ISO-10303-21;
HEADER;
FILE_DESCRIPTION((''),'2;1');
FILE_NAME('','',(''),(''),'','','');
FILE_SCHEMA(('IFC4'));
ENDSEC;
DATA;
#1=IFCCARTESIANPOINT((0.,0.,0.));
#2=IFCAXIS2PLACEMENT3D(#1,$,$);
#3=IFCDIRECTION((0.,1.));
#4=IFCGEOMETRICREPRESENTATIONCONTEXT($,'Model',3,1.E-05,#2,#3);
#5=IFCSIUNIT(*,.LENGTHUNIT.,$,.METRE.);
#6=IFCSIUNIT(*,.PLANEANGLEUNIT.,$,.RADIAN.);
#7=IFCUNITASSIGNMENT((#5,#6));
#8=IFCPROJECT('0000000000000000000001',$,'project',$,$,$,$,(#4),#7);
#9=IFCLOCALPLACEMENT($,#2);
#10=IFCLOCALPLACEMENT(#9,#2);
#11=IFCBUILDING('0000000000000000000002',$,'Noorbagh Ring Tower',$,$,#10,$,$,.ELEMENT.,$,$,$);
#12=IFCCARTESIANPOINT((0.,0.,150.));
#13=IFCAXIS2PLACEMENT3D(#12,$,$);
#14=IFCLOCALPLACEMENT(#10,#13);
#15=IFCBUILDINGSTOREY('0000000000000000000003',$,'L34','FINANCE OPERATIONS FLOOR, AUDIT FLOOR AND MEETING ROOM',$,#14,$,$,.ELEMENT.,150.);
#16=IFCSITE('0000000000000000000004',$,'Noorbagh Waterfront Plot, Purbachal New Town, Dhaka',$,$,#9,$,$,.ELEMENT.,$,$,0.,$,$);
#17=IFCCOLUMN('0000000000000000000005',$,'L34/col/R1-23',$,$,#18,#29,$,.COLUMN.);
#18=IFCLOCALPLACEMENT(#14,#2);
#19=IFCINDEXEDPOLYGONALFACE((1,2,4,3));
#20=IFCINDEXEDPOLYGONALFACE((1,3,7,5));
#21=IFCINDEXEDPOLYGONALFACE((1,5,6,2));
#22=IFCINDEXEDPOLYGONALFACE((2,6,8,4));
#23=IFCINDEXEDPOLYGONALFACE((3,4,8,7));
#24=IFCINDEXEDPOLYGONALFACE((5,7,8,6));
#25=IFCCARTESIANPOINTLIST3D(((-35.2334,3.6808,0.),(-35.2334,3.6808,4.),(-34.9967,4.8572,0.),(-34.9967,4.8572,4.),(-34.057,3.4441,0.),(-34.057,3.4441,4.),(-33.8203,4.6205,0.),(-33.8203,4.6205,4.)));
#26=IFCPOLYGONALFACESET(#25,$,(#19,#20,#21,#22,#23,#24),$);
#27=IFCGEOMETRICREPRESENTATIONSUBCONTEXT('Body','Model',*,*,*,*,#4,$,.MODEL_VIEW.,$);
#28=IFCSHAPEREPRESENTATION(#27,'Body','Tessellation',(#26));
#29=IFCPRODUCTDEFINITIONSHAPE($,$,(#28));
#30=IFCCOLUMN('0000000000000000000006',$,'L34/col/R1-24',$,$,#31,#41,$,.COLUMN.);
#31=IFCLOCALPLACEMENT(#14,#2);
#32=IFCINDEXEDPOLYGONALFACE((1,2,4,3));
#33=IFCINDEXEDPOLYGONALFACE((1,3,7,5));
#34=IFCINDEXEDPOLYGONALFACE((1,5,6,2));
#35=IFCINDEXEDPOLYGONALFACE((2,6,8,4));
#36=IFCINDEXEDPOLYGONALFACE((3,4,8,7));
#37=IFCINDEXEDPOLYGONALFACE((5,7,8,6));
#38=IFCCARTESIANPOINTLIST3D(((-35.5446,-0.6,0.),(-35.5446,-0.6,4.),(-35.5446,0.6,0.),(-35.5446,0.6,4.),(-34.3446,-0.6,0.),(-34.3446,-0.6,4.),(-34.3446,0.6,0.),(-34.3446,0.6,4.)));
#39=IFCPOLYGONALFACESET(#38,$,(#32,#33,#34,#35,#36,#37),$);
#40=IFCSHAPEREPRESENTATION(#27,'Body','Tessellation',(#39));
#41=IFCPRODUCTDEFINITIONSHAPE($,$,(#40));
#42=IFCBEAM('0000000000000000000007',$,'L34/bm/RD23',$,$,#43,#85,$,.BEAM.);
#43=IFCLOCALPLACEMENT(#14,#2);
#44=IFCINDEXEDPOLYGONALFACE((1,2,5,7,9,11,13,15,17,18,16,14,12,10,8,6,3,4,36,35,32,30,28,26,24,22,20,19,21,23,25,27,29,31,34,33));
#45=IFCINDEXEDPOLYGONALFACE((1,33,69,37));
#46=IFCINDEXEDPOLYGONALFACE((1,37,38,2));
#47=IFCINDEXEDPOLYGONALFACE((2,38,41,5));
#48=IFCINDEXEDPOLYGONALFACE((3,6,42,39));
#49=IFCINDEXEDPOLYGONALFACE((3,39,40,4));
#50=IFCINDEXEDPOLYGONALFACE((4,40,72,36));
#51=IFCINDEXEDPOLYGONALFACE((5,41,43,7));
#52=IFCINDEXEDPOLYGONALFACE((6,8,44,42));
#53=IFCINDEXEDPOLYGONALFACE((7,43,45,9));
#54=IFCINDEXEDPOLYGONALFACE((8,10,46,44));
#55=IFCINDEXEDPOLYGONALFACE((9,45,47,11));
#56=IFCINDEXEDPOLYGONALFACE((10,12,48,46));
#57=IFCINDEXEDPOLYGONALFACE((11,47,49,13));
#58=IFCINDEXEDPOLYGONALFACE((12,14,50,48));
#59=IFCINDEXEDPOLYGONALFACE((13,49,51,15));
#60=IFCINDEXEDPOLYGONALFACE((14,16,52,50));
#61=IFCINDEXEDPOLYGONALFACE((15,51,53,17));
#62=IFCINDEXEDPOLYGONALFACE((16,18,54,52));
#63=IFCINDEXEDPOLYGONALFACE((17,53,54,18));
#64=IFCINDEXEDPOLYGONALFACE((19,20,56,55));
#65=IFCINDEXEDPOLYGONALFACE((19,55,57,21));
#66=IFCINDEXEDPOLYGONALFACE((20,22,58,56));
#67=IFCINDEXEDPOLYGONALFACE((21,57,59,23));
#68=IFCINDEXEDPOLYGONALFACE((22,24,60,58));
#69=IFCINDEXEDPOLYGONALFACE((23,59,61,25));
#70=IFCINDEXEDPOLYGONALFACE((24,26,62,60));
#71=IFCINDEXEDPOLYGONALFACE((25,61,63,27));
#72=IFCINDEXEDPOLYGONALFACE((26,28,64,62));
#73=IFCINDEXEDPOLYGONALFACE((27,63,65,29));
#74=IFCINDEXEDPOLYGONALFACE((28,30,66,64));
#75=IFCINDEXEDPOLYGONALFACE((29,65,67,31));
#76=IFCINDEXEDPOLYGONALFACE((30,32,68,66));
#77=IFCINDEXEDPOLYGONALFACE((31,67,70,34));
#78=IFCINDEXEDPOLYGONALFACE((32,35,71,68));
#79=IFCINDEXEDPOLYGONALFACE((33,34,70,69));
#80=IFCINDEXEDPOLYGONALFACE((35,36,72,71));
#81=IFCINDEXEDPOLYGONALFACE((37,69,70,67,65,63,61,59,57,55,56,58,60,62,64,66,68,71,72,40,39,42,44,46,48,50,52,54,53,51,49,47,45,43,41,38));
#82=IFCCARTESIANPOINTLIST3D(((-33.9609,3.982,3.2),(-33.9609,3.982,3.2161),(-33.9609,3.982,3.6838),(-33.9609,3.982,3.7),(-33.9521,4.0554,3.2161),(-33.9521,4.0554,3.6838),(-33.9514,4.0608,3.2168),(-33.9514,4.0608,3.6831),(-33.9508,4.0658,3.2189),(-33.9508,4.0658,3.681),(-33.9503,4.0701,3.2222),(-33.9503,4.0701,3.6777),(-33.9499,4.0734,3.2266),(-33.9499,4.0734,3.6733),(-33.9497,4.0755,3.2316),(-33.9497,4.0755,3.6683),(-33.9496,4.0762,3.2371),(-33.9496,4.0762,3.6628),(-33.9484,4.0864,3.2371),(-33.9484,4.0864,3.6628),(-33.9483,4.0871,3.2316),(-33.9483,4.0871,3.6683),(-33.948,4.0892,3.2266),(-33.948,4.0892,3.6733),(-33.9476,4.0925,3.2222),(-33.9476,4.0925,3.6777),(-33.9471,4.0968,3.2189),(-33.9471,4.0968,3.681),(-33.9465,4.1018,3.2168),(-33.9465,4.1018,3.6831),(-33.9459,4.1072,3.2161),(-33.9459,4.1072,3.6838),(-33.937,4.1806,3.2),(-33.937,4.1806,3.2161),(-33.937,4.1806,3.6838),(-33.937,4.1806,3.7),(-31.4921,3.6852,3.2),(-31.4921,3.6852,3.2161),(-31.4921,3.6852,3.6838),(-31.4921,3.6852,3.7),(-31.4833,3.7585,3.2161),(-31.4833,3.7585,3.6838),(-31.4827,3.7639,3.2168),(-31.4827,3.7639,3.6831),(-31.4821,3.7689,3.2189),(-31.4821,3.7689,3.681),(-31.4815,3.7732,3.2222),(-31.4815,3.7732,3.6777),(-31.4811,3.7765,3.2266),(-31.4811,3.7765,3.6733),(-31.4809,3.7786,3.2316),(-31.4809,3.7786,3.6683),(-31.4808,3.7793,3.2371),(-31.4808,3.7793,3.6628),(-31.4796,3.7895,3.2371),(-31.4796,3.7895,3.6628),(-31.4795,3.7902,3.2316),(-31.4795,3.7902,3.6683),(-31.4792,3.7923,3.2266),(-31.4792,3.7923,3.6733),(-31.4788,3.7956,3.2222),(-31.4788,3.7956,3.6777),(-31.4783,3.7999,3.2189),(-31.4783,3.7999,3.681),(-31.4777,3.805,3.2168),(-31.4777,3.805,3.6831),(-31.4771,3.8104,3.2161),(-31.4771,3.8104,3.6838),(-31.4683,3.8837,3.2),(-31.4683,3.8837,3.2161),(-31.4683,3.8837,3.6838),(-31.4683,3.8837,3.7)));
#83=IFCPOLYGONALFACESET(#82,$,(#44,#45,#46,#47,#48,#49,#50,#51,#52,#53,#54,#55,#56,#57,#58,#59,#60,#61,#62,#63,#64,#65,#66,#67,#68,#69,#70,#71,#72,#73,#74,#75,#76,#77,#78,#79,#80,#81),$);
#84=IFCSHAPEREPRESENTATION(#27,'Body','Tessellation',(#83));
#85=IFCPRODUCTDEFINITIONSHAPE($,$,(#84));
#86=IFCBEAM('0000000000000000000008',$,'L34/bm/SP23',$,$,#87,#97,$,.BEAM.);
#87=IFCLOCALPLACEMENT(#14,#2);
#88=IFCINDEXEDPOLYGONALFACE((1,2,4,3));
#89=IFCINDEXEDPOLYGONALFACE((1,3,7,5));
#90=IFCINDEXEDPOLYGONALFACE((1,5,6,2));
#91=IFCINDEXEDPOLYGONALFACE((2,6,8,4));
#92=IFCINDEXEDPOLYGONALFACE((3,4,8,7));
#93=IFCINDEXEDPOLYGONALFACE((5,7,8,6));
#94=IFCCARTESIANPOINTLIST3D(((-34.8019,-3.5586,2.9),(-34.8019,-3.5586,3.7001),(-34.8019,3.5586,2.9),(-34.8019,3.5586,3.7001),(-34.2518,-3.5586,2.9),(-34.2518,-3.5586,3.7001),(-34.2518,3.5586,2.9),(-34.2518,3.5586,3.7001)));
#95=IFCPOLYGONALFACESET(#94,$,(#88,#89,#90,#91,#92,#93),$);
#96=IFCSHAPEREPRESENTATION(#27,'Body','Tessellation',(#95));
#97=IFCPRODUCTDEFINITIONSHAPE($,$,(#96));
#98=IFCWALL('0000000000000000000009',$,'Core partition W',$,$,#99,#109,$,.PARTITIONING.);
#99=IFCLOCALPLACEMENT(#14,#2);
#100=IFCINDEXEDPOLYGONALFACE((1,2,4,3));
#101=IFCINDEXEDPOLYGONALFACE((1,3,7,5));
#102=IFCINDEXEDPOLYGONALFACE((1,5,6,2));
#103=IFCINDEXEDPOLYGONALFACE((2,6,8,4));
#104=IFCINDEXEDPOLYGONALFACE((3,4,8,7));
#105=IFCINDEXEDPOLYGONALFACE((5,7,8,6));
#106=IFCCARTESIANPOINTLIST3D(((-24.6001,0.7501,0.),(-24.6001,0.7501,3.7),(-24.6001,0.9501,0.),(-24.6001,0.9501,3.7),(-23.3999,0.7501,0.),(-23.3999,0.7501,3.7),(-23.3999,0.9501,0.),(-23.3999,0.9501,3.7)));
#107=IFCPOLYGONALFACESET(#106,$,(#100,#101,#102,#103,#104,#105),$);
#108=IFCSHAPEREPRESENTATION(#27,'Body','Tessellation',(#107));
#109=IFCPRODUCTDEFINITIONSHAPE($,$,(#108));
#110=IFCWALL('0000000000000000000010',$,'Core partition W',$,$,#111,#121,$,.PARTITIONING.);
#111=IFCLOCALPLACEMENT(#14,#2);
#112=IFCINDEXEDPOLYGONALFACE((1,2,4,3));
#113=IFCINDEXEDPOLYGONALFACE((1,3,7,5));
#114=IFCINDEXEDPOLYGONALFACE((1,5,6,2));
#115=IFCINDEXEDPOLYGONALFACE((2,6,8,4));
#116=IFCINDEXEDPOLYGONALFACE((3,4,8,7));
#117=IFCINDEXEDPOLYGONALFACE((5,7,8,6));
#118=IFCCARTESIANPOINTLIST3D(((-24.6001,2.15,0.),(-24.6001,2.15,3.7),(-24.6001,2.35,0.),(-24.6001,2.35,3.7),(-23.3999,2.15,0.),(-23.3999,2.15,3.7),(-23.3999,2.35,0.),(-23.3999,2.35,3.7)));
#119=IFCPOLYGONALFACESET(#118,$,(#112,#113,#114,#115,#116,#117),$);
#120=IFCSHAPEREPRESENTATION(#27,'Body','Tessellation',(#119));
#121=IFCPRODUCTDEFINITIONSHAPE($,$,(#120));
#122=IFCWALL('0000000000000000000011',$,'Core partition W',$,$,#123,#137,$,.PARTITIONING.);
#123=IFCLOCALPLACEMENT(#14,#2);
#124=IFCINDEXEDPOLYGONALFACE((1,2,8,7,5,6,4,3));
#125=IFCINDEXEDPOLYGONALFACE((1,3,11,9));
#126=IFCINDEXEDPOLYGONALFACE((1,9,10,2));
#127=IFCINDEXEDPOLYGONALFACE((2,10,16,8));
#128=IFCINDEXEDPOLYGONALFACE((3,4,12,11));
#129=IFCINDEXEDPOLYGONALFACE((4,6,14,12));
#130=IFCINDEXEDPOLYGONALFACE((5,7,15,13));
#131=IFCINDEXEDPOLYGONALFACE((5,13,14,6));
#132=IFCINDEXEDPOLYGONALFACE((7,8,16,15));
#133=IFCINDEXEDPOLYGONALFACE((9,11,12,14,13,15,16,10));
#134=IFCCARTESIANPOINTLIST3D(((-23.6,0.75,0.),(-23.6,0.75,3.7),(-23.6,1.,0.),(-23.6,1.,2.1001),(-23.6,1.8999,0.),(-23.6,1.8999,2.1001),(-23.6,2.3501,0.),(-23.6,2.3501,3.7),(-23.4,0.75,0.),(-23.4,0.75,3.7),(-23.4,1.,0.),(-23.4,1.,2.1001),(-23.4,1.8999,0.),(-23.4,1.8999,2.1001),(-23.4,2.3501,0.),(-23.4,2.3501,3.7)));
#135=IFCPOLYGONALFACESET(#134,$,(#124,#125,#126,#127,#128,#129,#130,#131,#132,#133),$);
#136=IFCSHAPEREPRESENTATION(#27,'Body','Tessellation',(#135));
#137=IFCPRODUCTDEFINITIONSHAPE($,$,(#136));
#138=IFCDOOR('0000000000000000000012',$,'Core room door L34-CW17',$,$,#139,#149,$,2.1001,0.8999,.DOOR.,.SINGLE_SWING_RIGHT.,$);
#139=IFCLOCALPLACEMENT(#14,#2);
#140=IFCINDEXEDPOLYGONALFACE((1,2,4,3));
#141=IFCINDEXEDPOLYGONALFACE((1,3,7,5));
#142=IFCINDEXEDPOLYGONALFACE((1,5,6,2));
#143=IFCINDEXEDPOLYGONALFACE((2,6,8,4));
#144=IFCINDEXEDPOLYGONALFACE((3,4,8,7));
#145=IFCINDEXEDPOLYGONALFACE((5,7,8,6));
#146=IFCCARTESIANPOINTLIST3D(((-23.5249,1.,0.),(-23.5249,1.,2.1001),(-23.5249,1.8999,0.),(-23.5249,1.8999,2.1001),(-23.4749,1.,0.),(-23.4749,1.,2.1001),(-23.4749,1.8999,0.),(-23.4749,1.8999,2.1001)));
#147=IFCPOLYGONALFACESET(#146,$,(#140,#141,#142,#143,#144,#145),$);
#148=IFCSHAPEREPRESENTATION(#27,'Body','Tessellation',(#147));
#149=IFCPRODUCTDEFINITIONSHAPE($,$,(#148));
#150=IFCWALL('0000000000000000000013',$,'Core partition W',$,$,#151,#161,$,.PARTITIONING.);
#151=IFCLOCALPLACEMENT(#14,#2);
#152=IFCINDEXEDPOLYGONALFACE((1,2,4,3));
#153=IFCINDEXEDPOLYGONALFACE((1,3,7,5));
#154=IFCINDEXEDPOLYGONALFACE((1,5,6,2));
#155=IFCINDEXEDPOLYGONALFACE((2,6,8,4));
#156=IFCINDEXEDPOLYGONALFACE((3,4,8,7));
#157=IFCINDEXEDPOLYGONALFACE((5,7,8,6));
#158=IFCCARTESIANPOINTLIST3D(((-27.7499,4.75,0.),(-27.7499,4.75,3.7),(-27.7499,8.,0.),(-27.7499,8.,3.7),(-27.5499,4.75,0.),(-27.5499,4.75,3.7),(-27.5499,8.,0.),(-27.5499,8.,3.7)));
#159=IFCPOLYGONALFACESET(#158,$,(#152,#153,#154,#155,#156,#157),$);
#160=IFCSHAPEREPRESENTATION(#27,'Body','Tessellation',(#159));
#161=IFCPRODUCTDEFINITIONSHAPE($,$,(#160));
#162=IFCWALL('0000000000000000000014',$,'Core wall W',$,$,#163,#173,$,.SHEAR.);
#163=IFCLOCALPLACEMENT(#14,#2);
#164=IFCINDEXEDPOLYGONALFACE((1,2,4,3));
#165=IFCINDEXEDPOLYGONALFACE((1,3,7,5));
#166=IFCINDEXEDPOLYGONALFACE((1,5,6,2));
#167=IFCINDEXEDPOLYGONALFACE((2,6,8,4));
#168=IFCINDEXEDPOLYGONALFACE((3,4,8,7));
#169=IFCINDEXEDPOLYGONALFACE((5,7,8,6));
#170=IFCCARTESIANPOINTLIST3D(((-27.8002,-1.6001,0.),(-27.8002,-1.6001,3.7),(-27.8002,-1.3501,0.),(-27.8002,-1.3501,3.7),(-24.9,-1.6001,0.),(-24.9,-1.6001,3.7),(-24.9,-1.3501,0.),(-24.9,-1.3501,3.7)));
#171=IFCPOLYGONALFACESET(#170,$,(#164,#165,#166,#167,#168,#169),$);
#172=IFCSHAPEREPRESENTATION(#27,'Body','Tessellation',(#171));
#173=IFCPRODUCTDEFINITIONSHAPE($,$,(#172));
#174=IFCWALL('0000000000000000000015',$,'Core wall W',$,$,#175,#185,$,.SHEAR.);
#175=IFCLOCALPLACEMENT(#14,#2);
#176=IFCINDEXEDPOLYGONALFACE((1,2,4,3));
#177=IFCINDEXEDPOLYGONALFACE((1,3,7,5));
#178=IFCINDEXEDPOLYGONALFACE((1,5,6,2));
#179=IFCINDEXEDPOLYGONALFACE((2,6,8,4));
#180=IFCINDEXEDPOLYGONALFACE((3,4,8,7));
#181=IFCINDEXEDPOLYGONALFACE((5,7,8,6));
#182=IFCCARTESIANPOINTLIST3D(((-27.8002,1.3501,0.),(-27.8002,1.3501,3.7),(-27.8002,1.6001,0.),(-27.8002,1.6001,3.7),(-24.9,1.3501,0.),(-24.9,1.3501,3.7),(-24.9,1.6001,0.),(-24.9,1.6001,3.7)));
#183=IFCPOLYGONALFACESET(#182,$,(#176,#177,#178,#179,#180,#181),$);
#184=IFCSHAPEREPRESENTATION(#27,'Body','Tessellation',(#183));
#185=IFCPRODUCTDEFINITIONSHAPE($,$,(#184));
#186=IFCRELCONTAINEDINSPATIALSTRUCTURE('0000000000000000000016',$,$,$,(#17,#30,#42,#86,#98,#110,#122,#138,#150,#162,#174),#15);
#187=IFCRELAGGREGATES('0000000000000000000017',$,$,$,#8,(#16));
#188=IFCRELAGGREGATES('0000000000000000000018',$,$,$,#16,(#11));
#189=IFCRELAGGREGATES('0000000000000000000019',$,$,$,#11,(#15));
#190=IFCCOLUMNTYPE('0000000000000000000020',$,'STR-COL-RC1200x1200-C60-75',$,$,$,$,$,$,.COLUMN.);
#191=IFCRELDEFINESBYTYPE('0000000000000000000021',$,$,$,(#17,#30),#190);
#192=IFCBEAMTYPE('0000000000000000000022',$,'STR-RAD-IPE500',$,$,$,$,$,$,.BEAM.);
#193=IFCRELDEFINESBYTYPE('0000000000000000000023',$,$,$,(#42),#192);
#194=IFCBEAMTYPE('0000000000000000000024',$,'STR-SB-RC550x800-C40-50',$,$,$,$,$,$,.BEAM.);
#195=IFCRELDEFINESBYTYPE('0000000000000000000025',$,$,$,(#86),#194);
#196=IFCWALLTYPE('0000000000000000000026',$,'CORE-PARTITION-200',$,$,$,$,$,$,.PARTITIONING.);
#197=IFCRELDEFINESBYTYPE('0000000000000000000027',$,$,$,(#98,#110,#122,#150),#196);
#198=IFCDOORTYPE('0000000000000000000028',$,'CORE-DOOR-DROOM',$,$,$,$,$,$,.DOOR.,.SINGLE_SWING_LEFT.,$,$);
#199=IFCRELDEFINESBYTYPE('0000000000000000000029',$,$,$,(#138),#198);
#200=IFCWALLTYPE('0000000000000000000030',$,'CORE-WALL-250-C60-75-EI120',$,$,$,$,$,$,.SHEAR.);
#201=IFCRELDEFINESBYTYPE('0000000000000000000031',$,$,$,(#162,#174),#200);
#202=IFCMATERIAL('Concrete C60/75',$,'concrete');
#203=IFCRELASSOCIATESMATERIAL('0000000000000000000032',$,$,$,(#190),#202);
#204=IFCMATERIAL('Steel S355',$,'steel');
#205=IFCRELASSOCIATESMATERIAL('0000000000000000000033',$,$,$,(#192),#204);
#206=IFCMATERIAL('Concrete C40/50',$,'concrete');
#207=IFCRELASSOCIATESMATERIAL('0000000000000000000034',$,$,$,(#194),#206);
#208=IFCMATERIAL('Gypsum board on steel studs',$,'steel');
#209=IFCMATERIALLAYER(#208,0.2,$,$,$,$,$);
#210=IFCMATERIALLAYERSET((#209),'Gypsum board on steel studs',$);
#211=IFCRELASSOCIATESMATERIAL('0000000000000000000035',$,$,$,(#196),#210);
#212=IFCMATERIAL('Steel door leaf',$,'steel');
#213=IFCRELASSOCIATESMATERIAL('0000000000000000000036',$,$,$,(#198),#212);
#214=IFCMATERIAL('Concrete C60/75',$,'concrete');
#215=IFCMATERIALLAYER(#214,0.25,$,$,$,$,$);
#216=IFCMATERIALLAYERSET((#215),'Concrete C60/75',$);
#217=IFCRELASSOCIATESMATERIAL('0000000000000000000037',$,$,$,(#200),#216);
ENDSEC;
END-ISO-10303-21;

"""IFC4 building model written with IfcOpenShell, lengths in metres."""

from ifc_helpers import new_model, si_unit, direction, frame, frame_2d, origin, origin_2d, place, context, subcontext, project, spatial, rectangle, i_section, extrude, material, layer, layer_set, material_profile, profile_set, type_object, element, fill, save


model = new_model("IFC4")

# Units and contexts
model_context = context("Model", 3, precision=1e-05, world=origin(), true_north=direction((0.0, 1.0)))
body_context = subcontext(model_context, "Body", "Model", "MODEL_VIEW")
ifc_project = project(units=[si_unit("LENGTHUNIT", "METRE"), si_unit("PLANEANGLEUNIT", "RADIAN")], contexts=[model_context])

# Site, building, storey
site_placement = place(None, origin())
site = spatial("IfcSite", under=ifc_project, at=site_placement, Name="Noorbagh Waterfront Plot, Purbachal New Town, Dhaka", CompositionType="ELEMENT", RefElevation=0.0)
building_placement = place(site_placement, origin())
building = spatial("IfcBuilding", under=site, at=building_placement, Name="Noorbagh Ring Tower", CompositionType="ELEMENT")
storey_placement = place(building_placement, frame((0.0, 0.0, 150.0)))
storey = spatial("IfcBuildingStorey", under=building, at=storey_placement, Name="L34", Description="FINANCE OPERATIONS FLOOR, AUDIT FLOOR AND MEETING ROOM", CompositionType="ELEMENT", Elevation=150.0)

# Columns
ifc_material_1 = material(Name="Concrete C60/75", Category="concrete")
ifc_material_profile_1 = material_profile(ifc_material_1, rectangle(XDim=1.2, YDim=1.2, at=origin_2d()), Name="RC1200x1200")
ifc_profile_set_1 = profile_set([ifc_material_profile_1], Name="Concrete C60/75")
column_type = type_object("IfcColumnType", Name="STR-COL-RC1200x1200-C60-75", PredefinedType="COLUMN", material=ifc_profile_set_1)
for number, where, z_axis, x_axis, name in (
    (1, (-34.5269, 4.1506, 0.0), (0.0, 0.0, 1.0), (-0.19723, -0.980357, 0.0), "L34/col/R1-23"),
    (2, (-34.9446, 0.0, 0.0), (0.0, 0.0, 1.0), (0.0, -1.0, 0.0), "L34/col/R1-24"),
):
    element("IfcColumn", number, at=place(storey_placement, frame(where, z_axis=z_axis, x_axis=x_axis)), inside=storey, type_object=column_type, Name=name, PredefinedType="COLUMN", context=body_context, shape_type="SweptSolid", body=[
        extrude(rectangle(XDim=1.2, YDim=1.2, at=origin_2d()), origin(), (0.0, 0.0, 1.0), 4.0),
    ])

# Beams
ifc_material_2 = material(Name="Steel S355", Category="steel")
ifc_material_profile_2 = material_profile(ifc_material_2, i_section(OverallWidth=0.2, OverallDepth=0.5, WebThickness=0.0103, FlangeThickness=0.0161, FilletRadius=0.021, at=origin_2d()), Name="IPE500")
ifc_profile_set_2 = profile_set([ifc_material_profile_2], Name="Steel S355")
beam_type_1 = type_object("IfcBeamType", Name="STR-RAD-IPE500", PredefinedType="BEAM", material=ifc_profile_set_2)
beam_1_placement = place(storey_placement, frame((-33.949, 4.0813, 3.45), z_axis=(0.992847, -0.119393, 0.0), x_axis=(0.119393, 0.992847, 0.0)))
element("IfcBeam", 3, at=beam_1_placement, inside=storey, type_object=beam_type_1, Name="L34/bm/RD23", PredefinedType="BEAM", context=body_context, shape_type="SweptSolid", body=[
    extrude(i_section(OverallWidth=0.2, OverallDepth=0.5, WebThickness=0.0103, FlangeThickness=0.0161, FilletRadius=0.021, at=origin_2d()), origin(), (0.0, 0.0, 1.0), 2.4866),
])
ifc_material_3 = material(Name="Concrete C40/50", Category="concrete")
ifc_material_profile_3 = material_profile(ifc_material_3, rectangle(XDim=0.55, YDim=0.8, at=origin_2d()), Name="RC550x800")
ifc_profile_set_3 = profile_set([ifc_material_profile_3], Name="Concrete C40/50")
beam_type_2 = type_object("IfcBeamType", Name="STR-SB-RC550x800-C40-50", PredefinedType="BEAM", material=ifc_profile_set_3)
beam_2_placement = place(storey_placement, frame((-34.5269, 3.5586, 3.3), z_axis=(0.0, -1.0, 0.0), x_axis=(1.0, 0.0, 0.0)))
element("IfcBeam", 4, at=beam_2_placement, inside=storey, type_object=beam_type_2, Name="L34/bm/SP23", PredefinedType="BEAM", context=body_context, shape_type="SweptSolid", body=[
    extrude(rectangle(XDim=0.55, YDim=0.8, at=origin_2d()), origin(), (0.0, 0.0, 1.0), 7.1172),
])

# Walls
ifc_material_4 = material(Name="Gypsum board on steel studs", Category="steel")
ifc_layer_1 = layer(ifc_material_4, 0.2)
ifc_layer_set_1 = layer_set([ifc_layer_1], Name="Gypsum board on steel studs")
wall_type_1 = type_object("IfcWallType", Name="CORE-PARTITION-200", PredefinedType="PARTITIONING", material=ifc_layer_set_1)
for number, where, z_axis, x_axis, name in (
    (5, (-23.3999, 0.8501, 0.0), (0.0, 0.0, 1.0), (-1.0, 0.0, 0.0), "Core partition W"),
    (6, (-23.3999, 2.25, 0.0), (0.0, 0.0, 1.0), (-1.0, 0.0, 0.0), "Core partition W"),
):
    element("IfcWall", number, at=place(storey_placement, frame(where, z_axis=z_axis, x_axis=x_axis)), inside=storey, type_object=wall_type_1, Name=name, PredefinedType="PARTITIONING", context=body_context, shape_type="SweptSolid", body=[
        extrude(rectangle(XDim=1.2002, YDim=0.2, at=frame_2d((0.6001, 0.0))), origin(), (0.0, 0.0, 1.0), 3.7),
    ])

# Wall, opening, door
wall_1_placement = place(storey_placement, frame((-23.5, 0.75, 0.0), z_axis=(0.0, 0.0, 1.0), x_axis=(0.0, 1.0, 0.0)))
wall_1 = element("IfcWall", 7, at=wall_1_placement, inside=storey, type_object=wall_type_1, Name="Core partition W", PredefinedType="PARTITIONING", context=body_context, shape_type="SweptSolid", body=[
    extrude(rectangle(XDim=1.6001, YDim=0.2, at=frame_2d((0.8, 0.0))), origin(), (0.0, 0.0, 1.0), 3.7),
])
opening_1_placement = place(wall_1_placement, frame((0.25, 0.0, 0.0)))
opening_1 = element("IfcOpeningElement", 8, at=opening_1_placement, cuts=wall_1, PredefinedType="OPENING", context=body_context, shape_type="SweptSolid", body=[
    extrude(rectangle(XDim=0.8999, YDim=2.1001, at=frame_2d((0.45, 1.05))), frame((0.0, 0.1099, 0.0), z_axis=(0.0, -1.0, 0.0), x_axis=(1.0, 0.0, 0.0)), (0.0, 0.0, 1.0), 0.22),
])
ifc_material_5 = material(Name="Steel door leaf", Category="steel")
door_type_1 = type_object("IfcDoorType", Name="CORE-DOOR-DROOM", OperationType="SINGLE_SWING_LEFT", PredefinedType="DOOR", material=ifc_material_5)
door_1_placement = place(opening_1_placement, origin())
door_1 = element("IfcDoor", 9, at=door_1_placement, inside=storey, type_object=door_type_1, Name="Core room door L34-CW17", OperationType="SINGLE_SWING_RIGHT", OverallHeight=2.1001, OverallWidth=0.8999, PredefinedType="DOOR", context=body_context, shape_type="SweptSolid", body=[
    extrude(rectangle(XDim=0.8999, YDim=2.1001, at=frame_2d((0.45, 1.05))), frame((0.0, 0.0249, 0.0), z_axis=(0.0, -1.0, 0.0), x_axis=(1.0, 0.0, 0.0)), (0.0, 0.0, 1.0), 0.05),
])
fill(opening_1, door_1)

# Walls
wall_2_placement = place(storey_placement, frame((-27.6499, 4.75, 0.0), z_axis=(0.0, 0.0, 1.0), x_axis=(0.0, 1.0, 0.0)))
element("IfcWall", 10, at=wall_2_placement, inside=storey, type_object=wall_type_1, Name="Core partition W", PredefinedType="PARTITIONING", context=body_context, shape_type="SweptSolid", body=[
    extrude(rectangle(XDim=3.25, YDim=0.2, at=frame_2d((1.625, 0.0))), origin(), (0.0, 0.0, 1.0), 3.7),
])
ifc_material_6 = material(Name="Concrete C60/75", Category="concrete")
ifc_layer_2 = layer(ifc_material_6, 0.25)
ifc_layer_set_2 = layer_set([ifc_layer_2], Name="Concrete C60/75")
wall_type_2 = type_object("IfcWallType", Name="CORE-WALL-250-C60-75-EI120", PredefinedType="SHEAR", material=ifc_layer_set_2)
for number, where, z_axis, x_axis, name in (
    (11, (-24.8999, -1.4751, 0.0), (0.0, 0.0, 1.0), (-1.0, 0.0, 0.0), "Core wall W"),
    (12, (-24.8999, 1.4751, 0.0), (0.0, 0.0, 1.0), (-1.0, 0.0, 0.0), "Core wall W"),
):
    element("IfcWall", number, at=place(storey_placement, frame(where, z_axis=z_axis, x_axis=x_axis)), inside=storey, type_object=wall_type_2, Name=name, PredefinedType="SHEAR", context=body_context, shape_type="SweptSolid", body=[
        extrude(rectangle(XDim=2.9001, YDim=0.25, at=frame_2d((1.4502, 0.0))), origin(), (0.0, 0.0, 1.0), 3.7),
    ])

save(model, "model.ifc")
